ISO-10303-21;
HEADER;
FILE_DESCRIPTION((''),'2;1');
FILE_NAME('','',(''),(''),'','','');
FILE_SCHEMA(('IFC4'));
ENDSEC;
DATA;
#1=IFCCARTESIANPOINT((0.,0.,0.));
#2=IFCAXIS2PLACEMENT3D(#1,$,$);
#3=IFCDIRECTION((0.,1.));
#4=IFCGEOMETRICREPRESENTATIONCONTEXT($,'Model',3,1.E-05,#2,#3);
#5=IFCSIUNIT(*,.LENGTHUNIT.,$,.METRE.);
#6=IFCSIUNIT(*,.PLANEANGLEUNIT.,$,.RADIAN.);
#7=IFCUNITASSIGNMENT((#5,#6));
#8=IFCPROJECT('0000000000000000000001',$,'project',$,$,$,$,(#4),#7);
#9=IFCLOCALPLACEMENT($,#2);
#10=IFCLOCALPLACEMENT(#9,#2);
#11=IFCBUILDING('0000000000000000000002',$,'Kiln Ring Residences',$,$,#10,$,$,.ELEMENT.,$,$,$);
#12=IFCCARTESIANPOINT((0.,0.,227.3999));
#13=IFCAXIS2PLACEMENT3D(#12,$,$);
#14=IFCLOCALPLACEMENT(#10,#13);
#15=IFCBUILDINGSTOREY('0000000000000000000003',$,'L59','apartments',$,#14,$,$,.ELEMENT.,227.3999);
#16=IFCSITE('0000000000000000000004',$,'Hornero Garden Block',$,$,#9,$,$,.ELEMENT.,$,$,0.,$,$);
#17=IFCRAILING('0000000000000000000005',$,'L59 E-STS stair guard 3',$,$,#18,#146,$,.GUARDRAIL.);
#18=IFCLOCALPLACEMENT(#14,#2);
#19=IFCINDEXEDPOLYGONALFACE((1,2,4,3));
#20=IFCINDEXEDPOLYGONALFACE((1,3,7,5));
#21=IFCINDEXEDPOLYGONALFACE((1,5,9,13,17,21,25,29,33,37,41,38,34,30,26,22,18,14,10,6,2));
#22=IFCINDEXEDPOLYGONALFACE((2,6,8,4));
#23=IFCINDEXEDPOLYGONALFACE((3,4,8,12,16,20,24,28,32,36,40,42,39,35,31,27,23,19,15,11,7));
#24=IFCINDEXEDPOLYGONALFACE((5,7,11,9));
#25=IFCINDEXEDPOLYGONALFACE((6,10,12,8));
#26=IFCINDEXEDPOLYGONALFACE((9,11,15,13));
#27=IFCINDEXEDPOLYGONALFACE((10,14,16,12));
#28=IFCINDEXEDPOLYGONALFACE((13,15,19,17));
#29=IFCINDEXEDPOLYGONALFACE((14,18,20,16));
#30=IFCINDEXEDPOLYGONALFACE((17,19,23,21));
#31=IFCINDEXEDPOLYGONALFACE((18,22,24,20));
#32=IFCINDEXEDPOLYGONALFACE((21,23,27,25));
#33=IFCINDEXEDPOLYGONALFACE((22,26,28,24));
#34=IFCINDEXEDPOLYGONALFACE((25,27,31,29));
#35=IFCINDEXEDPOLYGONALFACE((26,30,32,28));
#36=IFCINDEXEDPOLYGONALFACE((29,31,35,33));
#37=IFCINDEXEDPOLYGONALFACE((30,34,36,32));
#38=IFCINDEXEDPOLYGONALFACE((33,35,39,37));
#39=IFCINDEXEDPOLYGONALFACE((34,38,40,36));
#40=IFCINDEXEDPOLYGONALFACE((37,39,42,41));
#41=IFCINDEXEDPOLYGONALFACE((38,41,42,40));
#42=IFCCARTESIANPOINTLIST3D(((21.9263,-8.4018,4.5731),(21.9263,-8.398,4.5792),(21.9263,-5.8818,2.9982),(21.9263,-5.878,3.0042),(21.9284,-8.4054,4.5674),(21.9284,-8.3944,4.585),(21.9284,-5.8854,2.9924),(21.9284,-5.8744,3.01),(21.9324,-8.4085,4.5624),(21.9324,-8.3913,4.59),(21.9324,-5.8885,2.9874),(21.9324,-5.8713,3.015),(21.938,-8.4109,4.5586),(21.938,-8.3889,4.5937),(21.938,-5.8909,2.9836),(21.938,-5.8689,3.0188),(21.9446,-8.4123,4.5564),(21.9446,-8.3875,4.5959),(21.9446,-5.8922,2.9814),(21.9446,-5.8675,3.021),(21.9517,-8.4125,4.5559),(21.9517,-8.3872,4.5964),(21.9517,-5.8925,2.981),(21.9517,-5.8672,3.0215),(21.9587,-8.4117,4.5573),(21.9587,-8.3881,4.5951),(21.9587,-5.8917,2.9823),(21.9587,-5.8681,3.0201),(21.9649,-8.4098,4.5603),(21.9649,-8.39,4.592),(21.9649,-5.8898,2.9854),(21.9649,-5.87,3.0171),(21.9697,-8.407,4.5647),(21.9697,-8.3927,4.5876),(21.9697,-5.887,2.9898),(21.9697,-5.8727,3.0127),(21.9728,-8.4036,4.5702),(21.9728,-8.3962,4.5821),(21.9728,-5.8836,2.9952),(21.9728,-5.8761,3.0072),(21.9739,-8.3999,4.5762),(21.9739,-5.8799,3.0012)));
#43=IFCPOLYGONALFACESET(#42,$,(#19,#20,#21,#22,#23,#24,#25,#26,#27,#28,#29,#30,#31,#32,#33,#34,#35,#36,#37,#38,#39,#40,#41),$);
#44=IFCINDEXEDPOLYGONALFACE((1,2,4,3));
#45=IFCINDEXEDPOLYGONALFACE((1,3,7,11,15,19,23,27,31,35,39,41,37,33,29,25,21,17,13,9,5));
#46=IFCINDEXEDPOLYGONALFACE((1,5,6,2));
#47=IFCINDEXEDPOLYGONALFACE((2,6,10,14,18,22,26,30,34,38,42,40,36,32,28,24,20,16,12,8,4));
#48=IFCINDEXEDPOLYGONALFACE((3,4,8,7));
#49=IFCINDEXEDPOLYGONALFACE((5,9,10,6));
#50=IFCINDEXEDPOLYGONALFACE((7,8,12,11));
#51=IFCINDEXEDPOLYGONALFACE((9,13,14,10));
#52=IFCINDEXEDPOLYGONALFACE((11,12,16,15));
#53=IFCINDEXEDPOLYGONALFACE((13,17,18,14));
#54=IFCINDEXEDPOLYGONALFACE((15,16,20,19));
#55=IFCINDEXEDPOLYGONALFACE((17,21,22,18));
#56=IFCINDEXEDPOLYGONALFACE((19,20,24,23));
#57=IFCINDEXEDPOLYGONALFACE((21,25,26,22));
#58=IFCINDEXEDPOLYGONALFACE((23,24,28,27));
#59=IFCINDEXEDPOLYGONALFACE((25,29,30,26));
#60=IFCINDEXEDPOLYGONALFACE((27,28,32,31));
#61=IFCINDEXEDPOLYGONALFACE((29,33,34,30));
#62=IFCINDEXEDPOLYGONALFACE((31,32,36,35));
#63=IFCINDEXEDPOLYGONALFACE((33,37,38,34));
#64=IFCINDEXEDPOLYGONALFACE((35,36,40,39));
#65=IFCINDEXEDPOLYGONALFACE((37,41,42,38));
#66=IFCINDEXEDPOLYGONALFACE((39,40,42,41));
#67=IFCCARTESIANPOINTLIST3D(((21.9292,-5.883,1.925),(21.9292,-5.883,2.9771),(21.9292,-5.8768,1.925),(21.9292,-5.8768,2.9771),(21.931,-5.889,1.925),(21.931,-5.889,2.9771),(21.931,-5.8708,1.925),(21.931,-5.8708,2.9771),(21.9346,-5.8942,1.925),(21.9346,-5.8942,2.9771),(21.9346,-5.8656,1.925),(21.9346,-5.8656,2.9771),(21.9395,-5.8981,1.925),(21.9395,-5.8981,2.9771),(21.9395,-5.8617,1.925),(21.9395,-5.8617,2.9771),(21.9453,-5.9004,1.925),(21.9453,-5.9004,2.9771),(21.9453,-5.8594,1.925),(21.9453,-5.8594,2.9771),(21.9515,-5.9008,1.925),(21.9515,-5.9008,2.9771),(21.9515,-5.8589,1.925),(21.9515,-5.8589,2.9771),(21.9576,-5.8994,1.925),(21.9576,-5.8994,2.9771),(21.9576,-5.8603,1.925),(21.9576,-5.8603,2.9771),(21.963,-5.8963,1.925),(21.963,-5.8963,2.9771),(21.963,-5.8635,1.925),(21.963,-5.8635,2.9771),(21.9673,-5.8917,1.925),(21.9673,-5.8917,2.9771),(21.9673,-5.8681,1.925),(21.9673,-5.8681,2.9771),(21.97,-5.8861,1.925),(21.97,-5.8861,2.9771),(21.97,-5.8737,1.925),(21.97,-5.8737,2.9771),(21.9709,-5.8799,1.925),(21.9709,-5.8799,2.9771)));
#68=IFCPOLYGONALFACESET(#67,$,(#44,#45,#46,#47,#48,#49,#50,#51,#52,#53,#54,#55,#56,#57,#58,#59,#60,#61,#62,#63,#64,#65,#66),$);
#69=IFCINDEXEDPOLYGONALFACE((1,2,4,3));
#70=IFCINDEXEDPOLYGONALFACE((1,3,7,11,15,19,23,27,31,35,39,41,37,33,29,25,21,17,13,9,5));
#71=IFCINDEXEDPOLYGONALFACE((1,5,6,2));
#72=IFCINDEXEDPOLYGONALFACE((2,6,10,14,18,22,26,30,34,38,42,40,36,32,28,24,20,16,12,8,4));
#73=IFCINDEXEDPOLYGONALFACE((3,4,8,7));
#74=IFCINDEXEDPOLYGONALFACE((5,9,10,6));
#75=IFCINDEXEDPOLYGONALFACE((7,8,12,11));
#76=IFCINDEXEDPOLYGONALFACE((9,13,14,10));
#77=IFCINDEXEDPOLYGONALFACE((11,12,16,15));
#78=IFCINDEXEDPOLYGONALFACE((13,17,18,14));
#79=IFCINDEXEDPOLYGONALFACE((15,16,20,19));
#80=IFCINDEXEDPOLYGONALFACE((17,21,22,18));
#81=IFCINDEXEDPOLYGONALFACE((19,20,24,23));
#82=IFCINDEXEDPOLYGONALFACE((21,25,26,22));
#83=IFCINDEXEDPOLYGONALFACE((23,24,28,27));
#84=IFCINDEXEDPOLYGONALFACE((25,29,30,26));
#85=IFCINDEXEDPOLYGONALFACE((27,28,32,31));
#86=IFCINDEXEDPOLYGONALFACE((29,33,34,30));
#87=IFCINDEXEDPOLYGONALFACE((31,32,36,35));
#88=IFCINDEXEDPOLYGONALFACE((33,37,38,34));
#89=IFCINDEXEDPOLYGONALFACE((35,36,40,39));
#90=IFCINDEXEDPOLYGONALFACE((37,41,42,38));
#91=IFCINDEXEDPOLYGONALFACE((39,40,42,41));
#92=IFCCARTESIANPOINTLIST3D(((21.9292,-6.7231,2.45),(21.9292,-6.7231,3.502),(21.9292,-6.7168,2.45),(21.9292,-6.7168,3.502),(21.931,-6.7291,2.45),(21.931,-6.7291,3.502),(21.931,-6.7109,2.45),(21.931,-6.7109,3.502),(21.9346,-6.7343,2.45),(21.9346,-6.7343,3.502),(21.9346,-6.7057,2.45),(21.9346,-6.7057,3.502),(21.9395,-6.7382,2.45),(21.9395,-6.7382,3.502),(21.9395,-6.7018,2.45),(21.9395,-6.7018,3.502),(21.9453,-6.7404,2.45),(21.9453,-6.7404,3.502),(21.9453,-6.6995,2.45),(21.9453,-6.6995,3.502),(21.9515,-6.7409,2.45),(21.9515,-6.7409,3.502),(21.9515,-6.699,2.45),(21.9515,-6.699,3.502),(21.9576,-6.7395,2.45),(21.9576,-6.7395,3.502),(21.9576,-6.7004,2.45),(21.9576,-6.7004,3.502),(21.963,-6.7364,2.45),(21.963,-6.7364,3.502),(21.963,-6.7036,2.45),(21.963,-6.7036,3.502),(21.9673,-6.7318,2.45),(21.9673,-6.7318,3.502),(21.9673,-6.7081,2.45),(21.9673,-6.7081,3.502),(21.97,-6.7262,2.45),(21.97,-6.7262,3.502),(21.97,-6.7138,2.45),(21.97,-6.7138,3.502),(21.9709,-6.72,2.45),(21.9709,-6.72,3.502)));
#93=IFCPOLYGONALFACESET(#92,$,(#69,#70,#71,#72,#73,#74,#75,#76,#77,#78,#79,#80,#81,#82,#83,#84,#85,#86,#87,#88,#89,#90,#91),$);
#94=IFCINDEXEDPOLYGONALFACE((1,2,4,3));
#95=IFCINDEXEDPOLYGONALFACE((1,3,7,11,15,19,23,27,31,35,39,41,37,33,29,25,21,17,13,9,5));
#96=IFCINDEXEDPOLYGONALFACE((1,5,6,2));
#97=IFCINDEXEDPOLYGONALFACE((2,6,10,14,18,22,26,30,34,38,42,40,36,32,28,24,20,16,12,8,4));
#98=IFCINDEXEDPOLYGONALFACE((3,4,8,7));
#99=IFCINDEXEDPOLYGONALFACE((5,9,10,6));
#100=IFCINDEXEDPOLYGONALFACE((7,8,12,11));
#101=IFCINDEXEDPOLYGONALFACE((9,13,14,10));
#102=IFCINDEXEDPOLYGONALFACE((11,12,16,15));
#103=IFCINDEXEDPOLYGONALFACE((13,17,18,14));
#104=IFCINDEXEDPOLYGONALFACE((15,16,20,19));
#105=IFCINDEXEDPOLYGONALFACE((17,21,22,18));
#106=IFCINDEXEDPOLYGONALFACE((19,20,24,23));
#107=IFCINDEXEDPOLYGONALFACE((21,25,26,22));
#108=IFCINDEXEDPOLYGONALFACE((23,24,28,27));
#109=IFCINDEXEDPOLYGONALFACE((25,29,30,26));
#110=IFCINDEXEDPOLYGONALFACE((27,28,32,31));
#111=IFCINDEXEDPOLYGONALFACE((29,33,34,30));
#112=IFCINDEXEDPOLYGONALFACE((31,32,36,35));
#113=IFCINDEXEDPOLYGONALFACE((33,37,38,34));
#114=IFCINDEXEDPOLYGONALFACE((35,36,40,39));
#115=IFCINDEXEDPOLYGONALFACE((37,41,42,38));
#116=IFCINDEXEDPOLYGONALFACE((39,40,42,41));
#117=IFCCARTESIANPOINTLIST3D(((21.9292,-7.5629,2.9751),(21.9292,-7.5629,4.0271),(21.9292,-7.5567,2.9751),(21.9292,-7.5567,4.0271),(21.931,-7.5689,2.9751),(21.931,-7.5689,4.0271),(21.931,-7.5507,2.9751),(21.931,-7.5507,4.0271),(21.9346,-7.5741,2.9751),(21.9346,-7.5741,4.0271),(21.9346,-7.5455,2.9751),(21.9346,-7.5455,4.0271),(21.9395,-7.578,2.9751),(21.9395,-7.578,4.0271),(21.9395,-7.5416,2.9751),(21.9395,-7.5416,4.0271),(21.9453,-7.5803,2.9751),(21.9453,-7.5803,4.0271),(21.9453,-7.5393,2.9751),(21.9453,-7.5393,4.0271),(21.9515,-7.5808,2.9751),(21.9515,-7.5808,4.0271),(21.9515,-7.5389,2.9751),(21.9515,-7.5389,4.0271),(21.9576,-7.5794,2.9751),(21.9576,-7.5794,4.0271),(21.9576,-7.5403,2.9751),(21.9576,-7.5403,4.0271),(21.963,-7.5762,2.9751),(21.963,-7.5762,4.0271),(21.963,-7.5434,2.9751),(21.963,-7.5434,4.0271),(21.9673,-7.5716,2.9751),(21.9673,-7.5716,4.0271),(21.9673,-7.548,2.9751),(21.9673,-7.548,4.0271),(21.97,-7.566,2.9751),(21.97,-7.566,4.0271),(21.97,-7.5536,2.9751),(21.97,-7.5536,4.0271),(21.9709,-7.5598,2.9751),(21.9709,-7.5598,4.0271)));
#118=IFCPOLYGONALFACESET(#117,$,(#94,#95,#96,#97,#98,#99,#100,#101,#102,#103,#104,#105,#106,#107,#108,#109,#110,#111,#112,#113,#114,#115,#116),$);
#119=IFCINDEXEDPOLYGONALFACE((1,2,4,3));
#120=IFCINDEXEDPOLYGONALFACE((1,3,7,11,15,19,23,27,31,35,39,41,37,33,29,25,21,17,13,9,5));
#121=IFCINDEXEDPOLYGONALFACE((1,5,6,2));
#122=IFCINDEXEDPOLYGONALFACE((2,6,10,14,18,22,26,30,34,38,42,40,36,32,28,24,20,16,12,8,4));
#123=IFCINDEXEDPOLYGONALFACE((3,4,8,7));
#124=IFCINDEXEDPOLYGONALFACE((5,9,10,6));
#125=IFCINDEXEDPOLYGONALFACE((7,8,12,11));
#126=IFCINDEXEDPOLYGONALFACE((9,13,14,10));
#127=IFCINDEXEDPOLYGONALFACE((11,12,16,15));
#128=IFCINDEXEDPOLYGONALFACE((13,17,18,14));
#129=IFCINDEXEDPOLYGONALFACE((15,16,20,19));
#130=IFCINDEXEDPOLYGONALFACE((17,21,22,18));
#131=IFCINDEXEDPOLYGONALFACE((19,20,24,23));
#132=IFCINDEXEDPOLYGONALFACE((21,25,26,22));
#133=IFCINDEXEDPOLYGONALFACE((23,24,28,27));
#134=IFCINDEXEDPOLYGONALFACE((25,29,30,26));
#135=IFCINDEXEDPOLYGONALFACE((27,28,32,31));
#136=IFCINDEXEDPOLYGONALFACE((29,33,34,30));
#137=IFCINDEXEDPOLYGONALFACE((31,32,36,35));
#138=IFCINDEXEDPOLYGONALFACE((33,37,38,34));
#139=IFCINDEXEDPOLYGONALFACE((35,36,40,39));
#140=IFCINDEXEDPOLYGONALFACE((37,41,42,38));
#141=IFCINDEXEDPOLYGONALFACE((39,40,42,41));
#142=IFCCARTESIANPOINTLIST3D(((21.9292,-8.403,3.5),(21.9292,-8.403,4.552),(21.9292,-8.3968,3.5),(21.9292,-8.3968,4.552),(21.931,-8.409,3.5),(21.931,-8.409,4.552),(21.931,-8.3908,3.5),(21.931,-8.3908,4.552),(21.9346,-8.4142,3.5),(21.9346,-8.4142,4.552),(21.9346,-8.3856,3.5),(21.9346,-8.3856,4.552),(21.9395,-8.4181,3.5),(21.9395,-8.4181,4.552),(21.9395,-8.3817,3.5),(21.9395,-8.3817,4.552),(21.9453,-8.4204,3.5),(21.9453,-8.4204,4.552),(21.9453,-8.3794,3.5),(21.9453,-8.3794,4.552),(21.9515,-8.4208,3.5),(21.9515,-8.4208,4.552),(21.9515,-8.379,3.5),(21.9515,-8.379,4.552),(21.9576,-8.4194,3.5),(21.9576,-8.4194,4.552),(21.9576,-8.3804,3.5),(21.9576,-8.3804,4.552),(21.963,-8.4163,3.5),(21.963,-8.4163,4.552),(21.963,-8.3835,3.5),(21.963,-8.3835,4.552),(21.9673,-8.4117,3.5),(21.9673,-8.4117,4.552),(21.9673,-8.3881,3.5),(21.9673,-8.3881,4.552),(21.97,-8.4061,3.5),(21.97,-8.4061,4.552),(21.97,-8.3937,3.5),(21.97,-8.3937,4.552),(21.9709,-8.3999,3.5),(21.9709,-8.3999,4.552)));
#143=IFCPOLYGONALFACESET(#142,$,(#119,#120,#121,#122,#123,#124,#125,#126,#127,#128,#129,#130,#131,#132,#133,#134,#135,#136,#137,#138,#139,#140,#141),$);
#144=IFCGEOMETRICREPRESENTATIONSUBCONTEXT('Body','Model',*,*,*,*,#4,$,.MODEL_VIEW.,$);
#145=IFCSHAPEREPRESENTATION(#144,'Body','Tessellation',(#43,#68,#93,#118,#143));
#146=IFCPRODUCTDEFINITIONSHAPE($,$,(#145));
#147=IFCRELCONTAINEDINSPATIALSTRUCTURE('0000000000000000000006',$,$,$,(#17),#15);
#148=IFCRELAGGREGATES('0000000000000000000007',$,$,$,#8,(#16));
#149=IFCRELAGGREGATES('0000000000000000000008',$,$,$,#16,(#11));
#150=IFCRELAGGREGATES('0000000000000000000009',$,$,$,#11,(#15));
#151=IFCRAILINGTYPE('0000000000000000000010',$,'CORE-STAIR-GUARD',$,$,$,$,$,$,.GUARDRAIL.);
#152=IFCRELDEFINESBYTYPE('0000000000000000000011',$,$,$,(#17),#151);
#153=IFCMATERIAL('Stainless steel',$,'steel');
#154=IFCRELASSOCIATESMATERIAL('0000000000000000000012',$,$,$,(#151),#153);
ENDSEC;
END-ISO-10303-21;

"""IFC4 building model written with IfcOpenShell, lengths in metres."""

from ifc_helpers import new_model, si_unit, direction, frame, origin, origin_2d, place, context, subcontext, project, spatial, circle, extrude, material, type_object, element, save


model = new_model("IFC4")

# Units and contexts
model_context = context("Model", 3, precision=1e-05, world=origin(), true_north=direction((0.0, 1.0)))
body_context = subcontext(model_context, "Body", "Model", "MODEL_VIEW")
ifc_project = project(units=[si_unit("LENGTHUNIT", "METRE"), si_unit("PLANEANGLEUNIT", "RADIAN")], contexts=[model_context])

# Site, building, storey
site_placement = place(None, origin())
site = spatial("IfcSite", under=ifc_project, at=site_placement, Name="Hornero Garden Block", CompositionType="ELEMENT", RefElevation=0.0)
building_placement = place(site_placement, origin())
building = spatial("IfcBuilding", under=site, at=building_placement, Name="Kiln Ring Residences", CompositionType="ELEMENT")
storey_placement = place(building_placement, frame((0.0, 0.0, 227.3999)))
storey = spatial("IfcBuildingStorey", under=building, at=storey_placement, Name="L59", Description="apartments", CompositionType="ELEMENT", Elevation=227.3999)

# Railing
ifc_material_1 = material(Name="Stainless steel", Category="steel")
railing_type_1 = type_object("IfcRailingType", Name="CORE-STAIR-GUARD", PredefinedType="GUARDRAIL", material=ifc_material_1)
railing_1_placement = place(storey_placement, frame((21.95, -5.8799, 1.925)))
element("IfcRailing", 1, at=railing_1_placement, inside=storey, type_object=railing_type_1, Name="L59 E-STS stair guard 3", PredefinedType="GUARDRAIL", context=body_context, shape_type="SweptSolid", body=[
    extrude(circle(Radius=0.0239, at=origin_2d()), frame((0.0, 0.0, 1.0762), z_axis=(0.0, -0.848008, 0.529984), x_axis=(1.0, 0.0, 0.0)), (0.0, 0.0, 1.0), 2.9717),
    extrude(circle(Radius=0.021, at=origin_2d()), origin(), (0.0, 0.0, 1.0), 1.052),
    extrude(circle(Radius=0.021, at=origin_2d()), frame((0.0, -0.8401, 0.5249)), (0.0, 0.0, 1.0), 1.052),
    extrude(circle(Radius=0.021, at=origin_2d()), frame((0.0, -1.6799, 1.05)), (0.0, 0.0, 1.0), 1.052),
    extrude(circle(Radius=0.021, at=origin_2d()), frame((0.0, -2.52, 1.575)), (0.0, 0.0, 1.0), 1.052),
])

save(model, "model.ifc")
